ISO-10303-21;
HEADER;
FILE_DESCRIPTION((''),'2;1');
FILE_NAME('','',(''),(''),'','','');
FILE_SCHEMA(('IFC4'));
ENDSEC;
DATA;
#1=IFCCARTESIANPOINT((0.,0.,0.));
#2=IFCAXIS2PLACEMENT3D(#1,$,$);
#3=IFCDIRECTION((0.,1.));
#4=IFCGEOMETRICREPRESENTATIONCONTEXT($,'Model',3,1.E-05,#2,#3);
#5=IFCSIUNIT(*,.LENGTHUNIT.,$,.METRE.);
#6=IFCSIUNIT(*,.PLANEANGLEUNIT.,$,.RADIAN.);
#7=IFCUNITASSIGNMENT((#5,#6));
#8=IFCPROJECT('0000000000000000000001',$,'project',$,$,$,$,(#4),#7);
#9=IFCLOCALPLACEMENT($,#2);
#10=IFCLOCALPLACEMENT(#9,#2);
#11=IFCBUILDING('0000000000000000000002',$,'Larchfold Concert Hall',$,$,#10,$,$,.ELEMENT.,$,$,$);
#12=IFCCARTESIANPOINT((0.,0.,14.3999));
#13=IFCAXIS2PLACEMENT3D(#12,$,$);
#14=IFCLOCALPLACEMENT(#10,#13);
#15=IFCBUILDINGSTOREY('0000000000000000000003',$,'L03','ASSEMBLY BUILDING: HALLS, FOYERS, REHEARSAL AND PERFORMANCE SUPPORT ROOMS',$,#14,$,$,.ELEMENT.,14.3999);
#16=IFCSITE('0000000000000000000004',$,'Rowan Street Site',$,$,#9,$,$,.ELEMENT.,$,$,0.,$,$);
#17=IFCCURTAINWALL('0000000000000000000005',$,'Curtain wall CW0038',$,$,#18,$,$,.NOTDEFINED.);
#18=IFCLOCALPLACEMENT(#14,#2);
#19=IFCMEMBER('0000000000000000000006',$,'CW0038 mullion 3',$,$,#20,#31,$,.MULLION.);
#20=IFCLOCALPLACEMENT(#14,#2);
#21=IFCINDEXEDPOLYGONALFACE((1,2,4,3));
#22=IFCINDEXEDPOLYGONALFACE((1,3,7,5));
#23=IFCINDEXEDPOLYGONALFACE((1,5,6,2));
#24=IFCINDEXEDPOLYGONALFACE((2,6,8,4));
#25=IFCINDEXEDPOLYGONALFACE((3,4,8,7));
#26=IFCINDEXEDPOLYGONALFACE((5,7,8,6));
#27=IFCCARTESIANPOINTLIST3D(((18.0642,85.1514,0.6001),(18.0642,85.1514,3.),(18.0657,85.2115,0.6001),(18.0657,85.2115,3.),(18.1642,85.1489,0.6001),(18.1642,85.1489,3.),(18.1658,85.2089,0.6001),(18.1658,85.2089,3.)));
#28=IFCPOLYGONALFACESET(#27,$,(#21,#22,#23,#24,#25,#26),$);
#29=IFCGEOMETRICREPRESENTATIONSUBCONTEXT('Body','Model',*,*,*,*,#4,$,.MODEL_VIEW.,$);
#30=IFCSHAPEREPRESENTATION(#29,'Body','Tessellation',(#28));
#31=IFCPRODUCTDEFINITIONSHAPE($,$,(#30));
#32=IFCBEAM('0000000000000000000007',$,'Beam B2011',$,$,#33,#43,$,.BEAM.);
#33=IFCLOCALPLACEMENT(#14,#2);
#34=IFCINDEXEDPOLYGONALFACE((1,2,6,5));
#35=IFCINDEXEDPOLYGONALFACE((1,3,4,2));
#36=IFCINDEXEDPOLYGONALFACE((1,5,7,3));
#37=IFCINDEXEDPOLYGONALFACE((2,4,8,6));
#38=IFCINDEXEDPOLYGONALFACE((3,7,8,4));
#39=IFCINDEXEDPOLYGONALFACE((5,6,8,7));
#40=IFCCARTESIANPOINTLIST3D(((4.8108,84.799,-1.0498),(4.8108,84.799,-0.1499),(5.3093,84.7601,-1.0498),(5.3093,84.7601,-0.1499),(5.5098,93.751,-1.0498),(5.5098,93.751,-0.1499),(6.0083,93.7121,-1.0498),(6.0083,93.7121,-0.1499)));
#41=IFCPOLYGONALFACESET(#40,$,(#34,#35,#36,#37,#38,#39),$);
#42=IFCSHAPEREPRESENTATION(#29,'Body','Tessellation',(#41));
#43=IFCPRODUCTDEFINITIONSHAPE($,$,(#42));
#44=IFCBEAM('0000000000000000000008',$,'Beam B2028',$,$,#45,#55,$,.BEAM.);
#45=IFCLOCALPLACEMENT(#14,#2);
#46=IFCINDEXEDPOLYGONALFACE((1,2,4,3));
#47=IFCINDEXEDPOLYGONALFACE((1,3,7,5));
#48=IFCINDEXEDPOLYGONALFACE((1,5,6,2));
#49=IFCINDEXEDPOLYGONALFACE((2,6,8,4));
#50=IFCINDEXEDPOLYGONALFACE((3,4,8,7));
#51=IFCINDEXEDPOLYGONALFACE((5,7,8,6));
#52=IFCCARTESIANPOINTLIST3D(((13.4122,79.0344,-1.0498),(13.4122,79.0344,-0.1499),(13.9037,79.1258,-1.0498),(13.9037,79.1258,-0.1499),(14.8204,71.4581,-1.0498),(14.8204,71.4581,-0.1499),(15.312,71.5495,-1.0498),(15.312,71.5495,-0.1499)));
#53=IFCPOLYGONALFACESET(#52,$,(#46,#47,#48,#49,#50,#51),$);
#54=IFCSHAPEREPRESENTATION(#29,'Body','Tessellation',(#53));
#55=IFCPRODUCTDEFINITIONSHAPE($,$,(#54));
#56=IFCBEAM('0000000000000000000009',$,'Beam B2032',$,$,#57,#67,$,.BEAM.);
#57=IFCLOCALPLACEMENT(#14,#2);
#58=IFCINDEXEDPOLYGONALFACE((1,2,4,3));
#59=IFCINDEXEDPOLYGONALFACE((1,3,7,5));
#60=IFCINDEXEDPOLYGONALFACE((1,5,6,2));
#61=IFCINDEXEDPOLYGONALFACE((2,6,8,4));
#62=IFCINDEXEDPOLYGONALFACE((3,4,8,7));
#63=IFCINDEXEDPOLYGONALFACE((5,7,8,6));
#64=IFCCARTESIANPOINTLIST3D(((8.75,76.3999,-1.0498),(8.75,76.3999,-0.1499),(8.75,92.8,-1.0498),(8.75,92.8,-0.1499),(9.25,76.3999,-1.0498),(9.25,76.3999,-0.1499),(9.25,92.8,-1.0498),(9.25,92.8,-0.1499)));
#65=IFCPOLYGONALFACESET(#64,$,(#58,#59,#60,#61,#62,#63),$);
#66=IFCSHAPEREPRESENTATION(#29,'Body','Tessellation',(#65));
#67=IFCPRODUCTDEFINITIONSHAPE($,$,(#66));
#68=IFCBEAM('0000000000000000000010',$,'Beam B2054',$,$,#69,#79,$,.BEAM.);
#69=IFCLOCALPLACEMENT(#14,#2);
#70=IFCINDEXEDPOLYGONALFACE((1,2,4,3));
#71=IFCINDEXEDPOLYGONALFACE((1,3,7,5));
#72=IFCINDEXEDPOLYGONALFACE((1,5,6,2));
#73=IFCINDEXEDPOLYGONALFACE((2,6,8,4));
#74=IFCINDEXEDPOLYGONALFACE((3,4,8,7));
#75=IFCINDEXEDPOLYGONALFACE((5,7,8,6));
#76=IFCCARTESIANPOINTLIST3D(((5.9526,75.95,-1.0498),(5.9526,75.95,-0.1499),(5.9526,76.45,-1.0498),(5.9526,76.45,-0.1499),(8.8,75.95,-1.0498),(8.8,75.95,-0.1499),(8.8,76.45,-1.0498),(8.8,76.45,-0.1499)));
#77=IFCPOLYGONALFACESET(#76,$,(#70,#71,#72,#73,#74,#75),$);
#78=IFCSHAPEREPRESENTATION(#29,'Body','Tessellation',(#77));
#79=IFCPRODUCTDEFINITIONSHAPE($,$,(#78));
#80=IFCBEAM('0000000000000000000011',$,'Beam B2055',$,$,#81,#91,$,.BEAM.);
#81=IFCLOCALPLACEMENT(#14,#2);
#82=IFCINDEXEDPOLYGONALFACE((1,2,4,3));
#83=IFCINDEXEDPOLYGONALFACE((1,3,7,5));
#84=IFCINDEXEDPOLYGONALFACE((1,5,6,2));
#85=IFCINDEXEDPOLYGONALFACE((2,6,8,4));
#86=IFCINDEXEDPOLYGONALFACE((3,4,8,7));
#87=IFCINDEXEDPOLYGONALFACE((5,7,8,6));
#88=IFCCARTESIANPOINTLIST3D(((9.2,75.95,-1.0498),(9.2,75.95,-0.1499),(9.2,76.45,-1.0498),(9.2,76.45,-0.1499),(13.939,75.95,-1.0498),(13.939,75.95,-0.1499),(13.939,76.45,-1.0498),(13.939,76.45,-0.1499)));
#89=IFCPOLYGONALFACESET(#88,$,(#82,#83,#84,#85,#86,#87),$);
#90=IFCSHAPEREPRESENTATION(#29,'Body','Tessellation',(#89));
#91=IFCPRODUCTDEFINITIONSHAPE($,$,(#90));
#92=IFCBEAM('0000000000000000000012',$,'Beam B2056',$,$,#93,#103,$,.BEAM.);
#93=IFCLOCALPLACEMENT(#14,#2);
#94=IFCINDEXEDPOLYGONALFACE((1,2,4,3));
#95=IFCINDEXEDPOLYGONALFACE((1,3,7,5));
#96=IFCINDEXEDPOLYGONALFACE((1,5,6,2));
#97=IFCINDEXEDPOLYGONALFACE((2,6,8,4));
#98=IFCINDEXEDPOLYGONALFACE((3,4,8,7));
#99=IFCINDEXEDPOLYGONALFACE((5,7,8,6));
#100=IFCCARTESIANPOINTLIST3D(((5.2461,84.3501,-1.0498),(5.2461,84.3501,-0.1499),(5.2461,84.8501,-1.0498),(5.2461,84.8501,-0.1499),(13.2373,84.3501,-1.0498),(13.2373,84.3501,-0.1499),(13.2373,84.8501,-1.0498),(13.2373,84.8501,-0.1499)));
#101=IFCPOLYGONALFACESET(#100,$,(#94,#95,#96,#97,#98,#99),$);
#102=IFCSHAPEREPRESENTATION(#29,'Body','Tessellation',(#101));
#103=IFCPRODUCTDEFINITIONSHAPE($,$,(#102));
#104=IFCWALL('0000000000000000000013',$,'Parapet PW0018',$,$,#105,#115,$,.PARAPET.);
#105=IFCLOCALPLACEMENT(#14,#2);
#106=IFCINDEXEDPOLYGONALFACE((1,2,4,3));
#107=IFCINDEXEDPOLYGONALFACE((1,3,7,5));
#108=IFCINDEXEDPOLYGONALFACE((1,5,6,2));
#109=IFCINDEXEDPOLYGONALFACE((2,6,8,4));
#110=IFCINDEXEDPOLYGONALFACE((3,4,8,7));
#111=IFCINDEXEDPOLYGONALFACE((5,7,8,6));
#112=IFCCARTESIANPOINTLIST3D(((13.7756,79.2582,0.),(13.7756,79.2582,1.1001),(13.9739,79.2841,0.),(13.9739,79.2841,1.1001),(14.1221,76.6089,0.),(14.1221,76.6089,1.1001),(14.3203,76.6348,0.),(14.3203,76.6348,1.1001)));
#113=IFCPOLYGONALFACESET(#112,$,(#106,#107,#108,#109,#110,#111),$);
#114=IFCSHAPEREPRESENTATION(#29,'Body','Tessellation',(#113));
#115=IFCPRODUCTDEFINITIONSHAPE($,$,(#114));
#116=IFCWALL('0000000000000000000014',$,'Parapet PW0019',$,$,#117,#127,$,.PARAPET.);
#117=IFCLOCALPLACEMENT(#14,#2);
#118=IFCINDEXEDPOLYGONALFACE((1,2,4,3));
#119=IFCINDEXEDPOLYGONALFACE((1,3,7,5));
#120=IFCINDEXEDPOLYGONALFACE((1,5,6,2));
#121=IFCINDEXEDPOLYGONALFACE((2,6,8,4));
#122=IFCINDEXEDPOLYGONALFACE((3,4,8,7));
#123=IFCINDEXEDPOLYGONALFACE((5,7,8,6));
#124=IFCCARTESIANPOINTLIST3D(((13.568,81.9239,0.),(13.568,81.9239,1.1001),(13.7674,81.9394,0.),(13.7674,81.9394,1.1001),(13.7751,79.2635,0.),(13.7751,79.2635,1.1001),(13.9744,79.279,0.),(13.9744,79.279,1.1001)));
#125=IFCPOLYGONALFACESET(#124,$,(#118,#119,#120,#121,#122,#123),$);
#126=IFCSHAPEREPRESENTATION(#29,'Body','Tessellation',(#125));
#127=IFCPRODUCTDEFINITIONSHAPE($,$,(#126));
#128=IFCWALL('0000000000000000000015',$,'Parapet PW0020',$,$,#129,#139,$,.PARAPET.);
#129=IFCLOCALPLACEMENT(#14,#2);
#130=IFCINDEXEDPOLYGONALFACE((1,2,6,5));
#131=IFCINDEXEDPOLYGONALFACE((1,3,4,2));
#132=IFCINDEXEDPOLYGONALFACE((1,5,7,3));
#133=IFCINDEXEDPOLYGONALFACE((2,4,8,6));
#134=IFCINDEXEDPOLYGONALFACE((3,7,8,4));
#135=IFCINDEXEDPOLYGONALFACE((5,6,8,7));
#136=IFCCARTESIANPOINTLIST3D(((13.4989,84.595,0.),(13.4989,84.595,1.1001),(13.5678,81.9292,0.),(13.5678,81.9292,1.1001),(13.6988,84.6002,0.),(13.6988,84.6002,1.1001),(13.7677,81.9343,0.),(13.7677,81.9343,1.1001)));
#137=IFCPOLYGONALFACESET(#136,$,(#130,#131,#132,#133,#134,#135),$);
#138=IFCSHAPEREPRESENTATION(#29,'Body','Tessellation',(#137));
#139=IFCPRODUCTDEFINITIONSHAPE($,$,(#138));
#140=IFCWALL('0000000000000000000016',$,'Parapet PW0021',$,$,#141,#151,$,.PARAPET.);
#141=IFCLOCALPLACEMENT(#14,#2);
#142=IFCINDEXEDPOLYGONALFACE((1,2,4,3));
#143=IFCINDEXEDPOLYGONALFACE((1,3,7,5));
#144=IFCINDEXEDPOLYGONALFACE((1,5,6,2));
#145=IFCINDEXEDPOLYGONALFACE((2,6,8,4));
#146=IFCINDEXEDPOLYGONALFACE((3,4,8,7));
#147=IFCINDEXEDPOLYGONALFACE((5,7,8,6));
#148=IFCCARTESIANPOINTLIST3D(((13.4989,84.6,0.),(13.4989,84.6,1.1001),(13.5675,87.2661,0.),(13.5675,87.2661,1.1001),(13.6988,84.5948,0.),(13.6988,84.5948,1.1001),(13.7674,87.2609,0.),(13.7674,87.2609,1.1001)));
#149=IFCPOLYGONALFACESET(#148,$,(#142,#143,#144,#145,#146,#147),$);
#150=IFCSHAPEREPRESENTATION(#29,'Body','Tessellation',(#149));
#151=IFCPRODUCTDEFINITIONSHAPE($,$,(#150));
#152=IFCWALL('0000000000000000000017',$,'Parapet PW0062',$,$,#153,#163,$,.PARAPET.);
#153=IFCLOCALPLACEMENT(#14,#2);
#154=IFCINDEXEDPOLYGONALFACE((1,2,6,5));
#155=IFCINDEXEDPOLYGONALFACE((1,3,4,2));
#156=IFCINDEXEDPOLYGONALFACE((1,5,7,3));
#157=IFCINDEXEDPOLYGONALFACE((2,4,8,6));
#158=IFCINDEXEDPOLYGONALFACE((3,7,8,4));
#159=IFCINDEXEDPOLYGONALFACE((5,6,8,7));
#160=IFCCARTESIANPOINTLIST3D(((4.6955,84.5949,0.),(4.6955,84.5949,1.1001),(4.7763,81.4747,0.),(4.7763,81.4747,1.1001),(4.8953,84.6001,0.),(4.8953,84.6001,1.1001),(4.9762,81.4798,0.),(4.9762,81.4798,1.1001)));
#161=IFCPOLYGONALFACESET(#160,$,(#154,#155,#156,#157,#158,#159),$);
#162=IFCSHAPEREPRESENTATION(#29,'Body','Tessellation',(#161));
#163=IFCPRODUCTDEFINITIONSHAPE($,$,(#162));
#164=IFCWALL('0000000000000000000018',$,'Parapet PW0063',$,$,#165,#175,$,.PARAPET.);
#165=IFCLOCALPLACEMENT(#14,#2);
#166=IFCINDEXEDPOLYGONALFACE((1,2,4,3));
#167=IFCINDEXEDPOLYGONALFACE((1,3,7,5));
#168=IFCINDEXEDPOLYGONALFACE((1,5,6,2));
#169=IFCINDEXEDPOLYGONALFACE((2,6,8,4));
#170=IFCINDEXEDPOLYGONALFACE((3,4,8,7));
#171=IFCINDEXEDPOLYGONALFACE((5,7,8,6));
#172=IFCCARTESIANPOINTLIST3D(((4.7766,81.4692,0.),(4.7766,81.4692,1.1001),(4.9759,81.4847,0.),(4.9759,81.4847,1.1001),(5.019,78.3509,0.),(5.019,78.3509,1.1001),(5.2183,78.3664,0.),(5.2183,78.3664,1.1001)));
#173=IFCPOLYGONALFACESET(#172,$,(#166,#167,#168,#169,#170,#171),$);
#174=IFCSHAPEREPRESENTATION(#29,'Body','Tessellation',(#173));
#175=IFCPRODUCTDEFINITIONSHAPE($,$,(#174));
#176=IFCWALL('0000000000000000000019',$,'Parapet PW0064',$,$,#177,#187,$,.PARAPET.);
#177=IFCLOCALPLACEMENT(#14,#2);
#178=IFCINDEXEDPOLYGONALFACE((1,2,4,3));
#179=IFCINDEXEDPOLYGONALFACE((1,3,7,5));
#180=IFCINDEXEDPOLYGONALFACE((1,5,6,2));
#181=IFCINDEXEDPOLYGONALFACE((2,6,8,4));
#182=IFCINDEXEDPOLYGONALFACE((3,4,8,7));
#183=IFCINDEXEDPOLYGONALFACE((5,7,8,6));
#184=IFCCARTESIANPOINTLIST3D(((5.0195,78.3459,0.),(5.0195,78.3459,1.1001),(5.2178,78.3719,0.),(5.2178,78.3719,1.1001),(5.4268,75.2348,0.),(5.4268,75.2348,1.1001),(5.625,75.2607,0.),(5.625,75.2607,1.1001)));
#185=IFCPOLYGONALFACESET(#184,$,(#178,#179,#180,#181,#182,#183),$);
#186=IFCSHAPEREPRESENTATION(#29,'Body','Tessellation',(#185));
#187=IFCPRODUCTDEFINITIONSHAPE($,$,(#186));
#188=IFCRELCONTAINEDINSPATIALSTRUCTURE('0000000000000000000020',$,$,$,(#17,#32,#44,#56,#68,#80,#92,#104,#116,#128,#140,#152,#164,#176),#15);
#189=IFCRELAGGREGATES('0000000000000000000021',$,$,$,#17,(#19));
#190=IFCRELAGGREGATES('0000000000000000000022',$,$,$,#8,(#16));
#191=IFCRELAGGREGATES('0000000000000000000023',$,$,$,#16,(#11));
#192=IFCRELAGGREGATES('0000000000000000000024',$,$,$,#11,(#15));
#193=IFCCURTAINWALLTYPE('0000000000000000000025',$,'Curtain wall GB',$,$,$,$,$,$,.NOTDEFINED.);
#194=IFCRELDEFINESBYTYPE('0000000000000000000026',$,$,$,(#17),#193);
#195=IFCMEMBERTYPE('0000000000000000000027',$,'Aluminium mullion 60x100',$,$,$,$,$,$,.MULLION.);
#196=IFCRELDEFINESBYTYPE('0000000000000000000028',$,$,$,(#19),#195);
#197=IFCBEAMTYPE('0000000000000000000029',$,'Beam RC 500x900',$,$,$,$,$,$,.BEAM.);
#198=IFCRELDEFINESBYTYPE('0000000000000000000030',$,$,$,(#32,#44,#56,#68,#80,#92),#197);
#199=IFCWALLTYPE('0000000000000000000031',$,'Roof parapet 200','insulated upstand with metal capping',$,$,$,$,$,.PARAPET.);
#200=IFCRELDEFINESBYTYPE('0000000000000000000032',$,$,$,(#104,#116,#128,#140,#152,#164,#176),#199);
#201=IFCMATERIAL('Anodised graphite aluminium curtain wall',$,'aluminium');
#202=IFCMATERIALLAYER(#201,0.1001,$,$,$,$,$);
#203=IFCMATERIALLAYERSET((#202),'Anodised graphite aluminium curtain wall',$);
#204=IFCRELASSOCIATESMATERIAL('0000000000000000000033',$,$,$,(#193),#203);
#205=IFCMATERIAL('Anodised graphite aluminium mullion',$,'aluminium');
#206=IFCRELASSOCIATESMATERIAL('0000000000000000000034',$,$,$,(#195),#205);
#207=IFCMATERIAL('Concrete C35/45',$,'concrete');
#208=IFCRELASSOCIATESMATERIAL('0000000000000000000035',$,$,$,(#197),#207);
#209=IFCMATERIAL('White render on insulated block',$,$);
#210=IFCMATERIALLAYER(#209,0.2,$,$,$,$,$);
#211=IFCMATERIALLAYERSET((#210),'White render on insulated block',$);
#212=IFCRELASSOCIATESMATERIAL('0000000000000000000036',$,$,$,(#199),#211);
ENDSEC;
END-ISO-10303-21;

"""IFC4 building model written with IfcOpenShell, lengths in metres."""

from ifc_helpers import new_model, si_unit, direction, frame, frame_2d, origin, origin_2d, place, context, subcontext, project, spatial, rectangle, extrude, material, layer, layer_set, material_profile, profile_set, type_object, element, aggregate, save


model = new_model("IFC4")

# Units and contexts
model_context = context("Model", 3, precision=1e-05, world=origin(), true_north=direction((0.0, 1.0)))
body_context = subcontext(model_context, "Body", "Model", "MODEL_VIEW")
ifc_project = project(units=[si_unit("LENGTHUNIT", "METRE"), si_unit("PLANEANGLEUNIT", "RADIAN")], contexts=[model_context])

# Site, building, storey
site_placement = place(None, origin())
site = spatial("IfcSite", under=ifc_project, at=site_placement, Name="Rowan Street Site", CompositionType="ELEMENT", RefElevation=0.0)
building_placement = place(site_placement, origin())
building = spatial("IfcBuilding", under=site, at=building_placement, Name="Larchfold Concert Hall", CompositionType="ELEMENT")
storey_placement = place(building_placement, frame((0.0, 0.0, 14.3999)))
storey = spatial("IfcBuildingStorey", under=building, at=storey_placement, Name="L03", Description="ASSEMBLY BUILDING: HALLS, FOYERS, REHEARSAL AND PERFORMANCE SUPPORT ROOMS", CompositionType="ELEMENT", Elevation=14.3999)

# Curtain wall, member
ifc_material_1 = material(Name="Anodised graphite aluminium curtain wall", Category="aluminium")
ifc_layer_1 = layer(ifc_material_1, 0.1001)
ifc_layer_set_1 = layer_set([ifc_layer_1], Name="Anodised graphite aluminium curtain wall")
curtain_wall_type = type_object("IfcCurtainWallType", Name="Curtain wall GB", PredefinedType="NOTDEFINED", material=ifc_layer_set_1)
curtain_wall_1_placement = place(storey_placement, origin())
curtain_wall_1 = element("IfcCurtainWall", 1, at=curtain_wall_1_placement, inside=storey, type_object=curtain_wall_type, Name="Curtain wall CW0038", PredefinedType="NOTDEFINED")
ifc_material_2 = material(Name="Anodised graphite aluminium mullion", Category="aluminium")
ifc_material_profile_1 = material_profile(ifc_material_2, rectangle(XDim=0.1001, YDim=0.0601, at=origin_2d()))
ifc_profile_set_1 = profile_set([ifc_material_profile_1], Name="Anodised graphite aluminium mullion")
member_type_1 = type_object("IfcMemberType", Name="Aluminium mullion 60x100", PredefinedType="MULLION", material=ifc_profile_set_1)
member_1_placement = place(storey_placement, frame((18.115, 85.1802, 0.6001), z_axis=(0.0, 0.0, 1.0), x_axis=(0.999667, -0.025792, 0.0)))
member_1 = element("IfcMember", 2, at=member_1_placement, type_object=member_type_1, Name="CW0038 mullion 3", PredefinedType="MULLION", context=body_context, shape_type="SweptSolid", body=[
    extrude(rectangle(XDim=0.1001, YDim=0.0601, at=origin_2d()), origin(), (0.0, 0.0, 1.0), 2.3999),
])
aggregate(curtain_wall_1, [member_1])

# Beams
ifc_material_3 = material(Name="Concrete C35/45", Category="concrete")
ifc_material_profile_2 = material_profile(ifc_material_3, rectangle(XDim=0.5, YDim=0.8999, at=origin_2d()))
ifc_profile_set_2 = profile_set([ifc_material_profile_2], Name="Concrete C35/45")
beam_type = type_object("IfcBeamType", Name="Beam RC 500x900", PredefinedType="BEAM", material=ifc_profile_set_2)
beam_1_placement = place(storey_placement, frame((5.0601, 84.7795, -0.5999), z_axis=(0.077844, 0.996966, 0.0), x_axis=(-0.996966, 0.077844, 0.0)))
element("IfcBeam", 3, at=beam_1_placement, inside=storey, type_object=beam_type, Name="Beam B2011", PredefinedType="BEAM", context=body_context, shape_type="SweptSolid", body=[
    extrude(rectangle(XDim=0.5, YDim=0.8999, at=origin_2d()), origin(), (0.0, 0.0, 1.0), 8.9792),
])
beam_2_placement = place(storey_placement, frame((13.658, 79.0801, -0.5999), z_axis=(0.182743, -0.983161, 0.0), x_axis=(0.983161, 0.182743, 0.0)))
element("IfcBeam", 4, at=beam_2_placement, inside=storey, type_object=beam_type, Name="Beam B2028", PredefinedType="BEAM", context=body_context, shape_type="SweptSolid", body=[
    extrude(rectangle(XDim=0.5, YDim=0.8999, at=origin_2d()), origin(), (0.0, 0.0, 1.0), 7.7061),
])
beam_3_placement = place(storey_placement, frame((9.0, 76.3999, -0.5999), z_axis=(0.0, 1.0, 0.0), x_axis=(-1.0, 0.0, 0.0)))
element("IfcBeam", 5, at=beam_3_placement, inside=storey, type_object=beam_type, Name="Beam B2032", PredefinedType="BEAM", context=body_context, shape_type="SweptSolid", body=[
    extrude(rectangle(XDim=0.5, YDim=0.8999, at=origin_2d()), origin(), (0.0, 0.0, 1.0), 16.4001),
])
beam_4_placement = place(storey_placement, frame((5.9526, 76.2, -0.5999), z_axis=(1.0, 0.0, 0.0), x_axis=(0.0, 1.0, 0.0)))
element("IfcBeam", 6, at=beam_4_placement, inside=storey, type_object=beam_type, Name="Beam B2054", PredefinedType="BEAM", context=body_context, shape_type="SweptSolid", body=[
    extrude(rectangle(XDim=0.5, YDim=0.8999, at=origin_2d()), origin(), (0.0, 0.0, 1.0), 2.8474),
])
beam_5_placement = place(storey_placement, frame((9.2, 76.2, -0.5999), z_axis=(1.0, 0.0, 0.0), x_axis=(0.0, 1.0, 0.0)))
element("IfcBeam", 7, at=beam_5_placement, inside=storey, type_object=beam_type, Name="Beam B2055", PredefinedType="BEAM", context=body_context, shape_type="SweptSolid", body=[
    extrude(rectangle(XDim=0.5, YDim=0.8999, at=origin_2d()), origin(), (0.0, 0.0, 1.0), 4.739),
])
beam_6_placement = place(storey_placement, frame((5.2461, 84.6001, -0.5999), z_axis=(1.0, 0.0, 0.0), x_axis=(0.0, 1.0, 0.0)))
element("IfcBeam", 8, at=beam_6_placement, inside=storey, type_object=beam_type, Name="Beam B2056", PredefinedType="BEAM", context=body_context, shape_type="SweptSolid", body=[
    extrude(rectangle(XDim=0.5, YDim=0.8999, at=origin_2d()), origin(), (0.0, 0.0, 1.0), 7.9912),
])

# Walls
ifc_material_4 = material(Name="White render on insulated block")
ifc_layer_2 = layer(ifc_material_4, 0.2)
ifc_layer_set_2 = layer_set([ifc_layer_2], Name="White render on insulated block")
wall_type_1 = type_object("IfcWallType", Name="Roof parapet 200", Description="insulated upstand with metal capping", PredefinedType="PARAPET", material=ifc_layer_set_2)
wall_1_placement = place(storey_placement, frame((14.2212, 76.6218, 0.0), z_axis=(0.0, 0.0, 1.0), x_axis=(-0.129656, 0.991559, 0.0)))
element("IfcWall", 9, at=wall_1_placement, inside=storey, type_object=wall_type_1, Name="Parapet PW0018", PredefinedType="PARAPET", context=body_context, shape_type="SweptSolid", body=[
    extrude(rectangle(XDim=2.6719, YDim=0.2, at=frame_2d((1.3359, 0.0))), origin(), (0.0, 0.0, 1.0), 1.1001),
])
wall_2_placement = place(storey_placement, frame((13.8748, 79.2712, 0.0), z_axis=(0.0, 0.0, 1.0), x_axis=(-0.077585, 0.996986, 0.0)))
element("IfcWall", 10, at=wall_2_placement, inside=storey, type_object=wall_type_1, Name="Parapet PW0019", PredefinedType="PARAPET", context=body_context, shape_type="SweptSolid", body=[
    extrude(rectangle(XDim=2.6685, YDim=0.2, at=frame_2d((1.3342, 0.0))), origin(), (0.0, 0.0, 1.0), 1.1001),
])
wall_3_placement = place(storey_placement, frame((13.6677, 81.9316, 0.0), z_axis=(0.0, 0.0, 1.0), x_axis=(-0.025818, 0.999667, 0.0)))
element("IfcWall", 11, at=wall_3_placement, inside=storey, type_object=wall_type_1, Name="Parapet PW0020", PredefinedType="PARAPET", context=body_context, shape_type="SweptSolid", body=[
    extrude(rectangle(XDim=2.6667, YDim=0.2, at=frame_2d((1.3335, 0.0))), origin(), (0.0, 0.0, 1.0), 1.1001),
])
wall_4_placement = place(storey_placement, frame((13.5989, 84.5974, 0.0), z_axis=(0.0, 0.0, 1.0), x_axis=(0.025724, 0.999669, 0.0)))
element("IfcWall", 12, at=wall_4_placement, inside=storey, type_object=wall_type_1, Name="Parapet PW0021", PredefinedType="PARAPET", context=body_context, shape_type="SweptSolid", body=[
    extrude(rectangle(XDim=2.667, YDim=0.2, at=frame_2d((1.3335, 0.0))), origin(), (0.0, 0.0, 1.0), 1.1001),
])
wall_5_placement = place(storey_placement, frame((4.7954, 84.5974, 0.0), z_axis=(0.0, 0.0, 1.0), x_axis=(0.025889, -0.999665, 0.0)))
element("IfcWall", 13, at=wall_5_placement, inside=storey, type_object=wall_type_1, Name="Parapet PW0062", PredefinedType="PARAPET", context=body_context, shape_type="SweptSolid", body=[
    extrude(rectangle(XDim=3.1213, YDim=0.2, at=frame_2d((1.5605, 0.0))), origin(), (0.0, 0.0, 1.0), 1.1001),
])
wall_6_placement = place(storey_placement, frame((4.8762, 81.4771, 0.0), z_axis=(0.0, 0.0, 1.0), x_axis=(0.077514, -0.996991, 0.0)))
element("IfcWall", 14, at=wall_6_placement, inside=storey, type_object=wall_type_1, Name="Parapet PW0063", PredefinedType="PARAPET", context=body_context, shape_type="SweptSolid", body=[
    extrude(rectangle(XDim=3.1277, YDim=0.2, at=frame_2d((1.564, 0.0))), origin(), (0.0, 0.0, 1.0), 1.1001),
])
wall_7_placement = place(storey_placement, frame((5.1187, 78.3589, 0.0), z_axis=(0.0, 0.0, 1.0), x_axis=(0.129788, -0.991542, 0.0)))
element("IfcWall", 15, at=wall_7_placement, inside=storey, type_object=wall_type_1, Name="Parapet PW0064", PredefinedType="PARAPET", context=body_context, shape_type="SweptSolid", body=[
    extrude(rectangle(XDim=3.1377, YDim=0.2, at=frame_2d((1.5688, 0.0))), origin(), (0.0, 0.0, 1.0), 1.1001),
])

save(model, "model.ifc")
